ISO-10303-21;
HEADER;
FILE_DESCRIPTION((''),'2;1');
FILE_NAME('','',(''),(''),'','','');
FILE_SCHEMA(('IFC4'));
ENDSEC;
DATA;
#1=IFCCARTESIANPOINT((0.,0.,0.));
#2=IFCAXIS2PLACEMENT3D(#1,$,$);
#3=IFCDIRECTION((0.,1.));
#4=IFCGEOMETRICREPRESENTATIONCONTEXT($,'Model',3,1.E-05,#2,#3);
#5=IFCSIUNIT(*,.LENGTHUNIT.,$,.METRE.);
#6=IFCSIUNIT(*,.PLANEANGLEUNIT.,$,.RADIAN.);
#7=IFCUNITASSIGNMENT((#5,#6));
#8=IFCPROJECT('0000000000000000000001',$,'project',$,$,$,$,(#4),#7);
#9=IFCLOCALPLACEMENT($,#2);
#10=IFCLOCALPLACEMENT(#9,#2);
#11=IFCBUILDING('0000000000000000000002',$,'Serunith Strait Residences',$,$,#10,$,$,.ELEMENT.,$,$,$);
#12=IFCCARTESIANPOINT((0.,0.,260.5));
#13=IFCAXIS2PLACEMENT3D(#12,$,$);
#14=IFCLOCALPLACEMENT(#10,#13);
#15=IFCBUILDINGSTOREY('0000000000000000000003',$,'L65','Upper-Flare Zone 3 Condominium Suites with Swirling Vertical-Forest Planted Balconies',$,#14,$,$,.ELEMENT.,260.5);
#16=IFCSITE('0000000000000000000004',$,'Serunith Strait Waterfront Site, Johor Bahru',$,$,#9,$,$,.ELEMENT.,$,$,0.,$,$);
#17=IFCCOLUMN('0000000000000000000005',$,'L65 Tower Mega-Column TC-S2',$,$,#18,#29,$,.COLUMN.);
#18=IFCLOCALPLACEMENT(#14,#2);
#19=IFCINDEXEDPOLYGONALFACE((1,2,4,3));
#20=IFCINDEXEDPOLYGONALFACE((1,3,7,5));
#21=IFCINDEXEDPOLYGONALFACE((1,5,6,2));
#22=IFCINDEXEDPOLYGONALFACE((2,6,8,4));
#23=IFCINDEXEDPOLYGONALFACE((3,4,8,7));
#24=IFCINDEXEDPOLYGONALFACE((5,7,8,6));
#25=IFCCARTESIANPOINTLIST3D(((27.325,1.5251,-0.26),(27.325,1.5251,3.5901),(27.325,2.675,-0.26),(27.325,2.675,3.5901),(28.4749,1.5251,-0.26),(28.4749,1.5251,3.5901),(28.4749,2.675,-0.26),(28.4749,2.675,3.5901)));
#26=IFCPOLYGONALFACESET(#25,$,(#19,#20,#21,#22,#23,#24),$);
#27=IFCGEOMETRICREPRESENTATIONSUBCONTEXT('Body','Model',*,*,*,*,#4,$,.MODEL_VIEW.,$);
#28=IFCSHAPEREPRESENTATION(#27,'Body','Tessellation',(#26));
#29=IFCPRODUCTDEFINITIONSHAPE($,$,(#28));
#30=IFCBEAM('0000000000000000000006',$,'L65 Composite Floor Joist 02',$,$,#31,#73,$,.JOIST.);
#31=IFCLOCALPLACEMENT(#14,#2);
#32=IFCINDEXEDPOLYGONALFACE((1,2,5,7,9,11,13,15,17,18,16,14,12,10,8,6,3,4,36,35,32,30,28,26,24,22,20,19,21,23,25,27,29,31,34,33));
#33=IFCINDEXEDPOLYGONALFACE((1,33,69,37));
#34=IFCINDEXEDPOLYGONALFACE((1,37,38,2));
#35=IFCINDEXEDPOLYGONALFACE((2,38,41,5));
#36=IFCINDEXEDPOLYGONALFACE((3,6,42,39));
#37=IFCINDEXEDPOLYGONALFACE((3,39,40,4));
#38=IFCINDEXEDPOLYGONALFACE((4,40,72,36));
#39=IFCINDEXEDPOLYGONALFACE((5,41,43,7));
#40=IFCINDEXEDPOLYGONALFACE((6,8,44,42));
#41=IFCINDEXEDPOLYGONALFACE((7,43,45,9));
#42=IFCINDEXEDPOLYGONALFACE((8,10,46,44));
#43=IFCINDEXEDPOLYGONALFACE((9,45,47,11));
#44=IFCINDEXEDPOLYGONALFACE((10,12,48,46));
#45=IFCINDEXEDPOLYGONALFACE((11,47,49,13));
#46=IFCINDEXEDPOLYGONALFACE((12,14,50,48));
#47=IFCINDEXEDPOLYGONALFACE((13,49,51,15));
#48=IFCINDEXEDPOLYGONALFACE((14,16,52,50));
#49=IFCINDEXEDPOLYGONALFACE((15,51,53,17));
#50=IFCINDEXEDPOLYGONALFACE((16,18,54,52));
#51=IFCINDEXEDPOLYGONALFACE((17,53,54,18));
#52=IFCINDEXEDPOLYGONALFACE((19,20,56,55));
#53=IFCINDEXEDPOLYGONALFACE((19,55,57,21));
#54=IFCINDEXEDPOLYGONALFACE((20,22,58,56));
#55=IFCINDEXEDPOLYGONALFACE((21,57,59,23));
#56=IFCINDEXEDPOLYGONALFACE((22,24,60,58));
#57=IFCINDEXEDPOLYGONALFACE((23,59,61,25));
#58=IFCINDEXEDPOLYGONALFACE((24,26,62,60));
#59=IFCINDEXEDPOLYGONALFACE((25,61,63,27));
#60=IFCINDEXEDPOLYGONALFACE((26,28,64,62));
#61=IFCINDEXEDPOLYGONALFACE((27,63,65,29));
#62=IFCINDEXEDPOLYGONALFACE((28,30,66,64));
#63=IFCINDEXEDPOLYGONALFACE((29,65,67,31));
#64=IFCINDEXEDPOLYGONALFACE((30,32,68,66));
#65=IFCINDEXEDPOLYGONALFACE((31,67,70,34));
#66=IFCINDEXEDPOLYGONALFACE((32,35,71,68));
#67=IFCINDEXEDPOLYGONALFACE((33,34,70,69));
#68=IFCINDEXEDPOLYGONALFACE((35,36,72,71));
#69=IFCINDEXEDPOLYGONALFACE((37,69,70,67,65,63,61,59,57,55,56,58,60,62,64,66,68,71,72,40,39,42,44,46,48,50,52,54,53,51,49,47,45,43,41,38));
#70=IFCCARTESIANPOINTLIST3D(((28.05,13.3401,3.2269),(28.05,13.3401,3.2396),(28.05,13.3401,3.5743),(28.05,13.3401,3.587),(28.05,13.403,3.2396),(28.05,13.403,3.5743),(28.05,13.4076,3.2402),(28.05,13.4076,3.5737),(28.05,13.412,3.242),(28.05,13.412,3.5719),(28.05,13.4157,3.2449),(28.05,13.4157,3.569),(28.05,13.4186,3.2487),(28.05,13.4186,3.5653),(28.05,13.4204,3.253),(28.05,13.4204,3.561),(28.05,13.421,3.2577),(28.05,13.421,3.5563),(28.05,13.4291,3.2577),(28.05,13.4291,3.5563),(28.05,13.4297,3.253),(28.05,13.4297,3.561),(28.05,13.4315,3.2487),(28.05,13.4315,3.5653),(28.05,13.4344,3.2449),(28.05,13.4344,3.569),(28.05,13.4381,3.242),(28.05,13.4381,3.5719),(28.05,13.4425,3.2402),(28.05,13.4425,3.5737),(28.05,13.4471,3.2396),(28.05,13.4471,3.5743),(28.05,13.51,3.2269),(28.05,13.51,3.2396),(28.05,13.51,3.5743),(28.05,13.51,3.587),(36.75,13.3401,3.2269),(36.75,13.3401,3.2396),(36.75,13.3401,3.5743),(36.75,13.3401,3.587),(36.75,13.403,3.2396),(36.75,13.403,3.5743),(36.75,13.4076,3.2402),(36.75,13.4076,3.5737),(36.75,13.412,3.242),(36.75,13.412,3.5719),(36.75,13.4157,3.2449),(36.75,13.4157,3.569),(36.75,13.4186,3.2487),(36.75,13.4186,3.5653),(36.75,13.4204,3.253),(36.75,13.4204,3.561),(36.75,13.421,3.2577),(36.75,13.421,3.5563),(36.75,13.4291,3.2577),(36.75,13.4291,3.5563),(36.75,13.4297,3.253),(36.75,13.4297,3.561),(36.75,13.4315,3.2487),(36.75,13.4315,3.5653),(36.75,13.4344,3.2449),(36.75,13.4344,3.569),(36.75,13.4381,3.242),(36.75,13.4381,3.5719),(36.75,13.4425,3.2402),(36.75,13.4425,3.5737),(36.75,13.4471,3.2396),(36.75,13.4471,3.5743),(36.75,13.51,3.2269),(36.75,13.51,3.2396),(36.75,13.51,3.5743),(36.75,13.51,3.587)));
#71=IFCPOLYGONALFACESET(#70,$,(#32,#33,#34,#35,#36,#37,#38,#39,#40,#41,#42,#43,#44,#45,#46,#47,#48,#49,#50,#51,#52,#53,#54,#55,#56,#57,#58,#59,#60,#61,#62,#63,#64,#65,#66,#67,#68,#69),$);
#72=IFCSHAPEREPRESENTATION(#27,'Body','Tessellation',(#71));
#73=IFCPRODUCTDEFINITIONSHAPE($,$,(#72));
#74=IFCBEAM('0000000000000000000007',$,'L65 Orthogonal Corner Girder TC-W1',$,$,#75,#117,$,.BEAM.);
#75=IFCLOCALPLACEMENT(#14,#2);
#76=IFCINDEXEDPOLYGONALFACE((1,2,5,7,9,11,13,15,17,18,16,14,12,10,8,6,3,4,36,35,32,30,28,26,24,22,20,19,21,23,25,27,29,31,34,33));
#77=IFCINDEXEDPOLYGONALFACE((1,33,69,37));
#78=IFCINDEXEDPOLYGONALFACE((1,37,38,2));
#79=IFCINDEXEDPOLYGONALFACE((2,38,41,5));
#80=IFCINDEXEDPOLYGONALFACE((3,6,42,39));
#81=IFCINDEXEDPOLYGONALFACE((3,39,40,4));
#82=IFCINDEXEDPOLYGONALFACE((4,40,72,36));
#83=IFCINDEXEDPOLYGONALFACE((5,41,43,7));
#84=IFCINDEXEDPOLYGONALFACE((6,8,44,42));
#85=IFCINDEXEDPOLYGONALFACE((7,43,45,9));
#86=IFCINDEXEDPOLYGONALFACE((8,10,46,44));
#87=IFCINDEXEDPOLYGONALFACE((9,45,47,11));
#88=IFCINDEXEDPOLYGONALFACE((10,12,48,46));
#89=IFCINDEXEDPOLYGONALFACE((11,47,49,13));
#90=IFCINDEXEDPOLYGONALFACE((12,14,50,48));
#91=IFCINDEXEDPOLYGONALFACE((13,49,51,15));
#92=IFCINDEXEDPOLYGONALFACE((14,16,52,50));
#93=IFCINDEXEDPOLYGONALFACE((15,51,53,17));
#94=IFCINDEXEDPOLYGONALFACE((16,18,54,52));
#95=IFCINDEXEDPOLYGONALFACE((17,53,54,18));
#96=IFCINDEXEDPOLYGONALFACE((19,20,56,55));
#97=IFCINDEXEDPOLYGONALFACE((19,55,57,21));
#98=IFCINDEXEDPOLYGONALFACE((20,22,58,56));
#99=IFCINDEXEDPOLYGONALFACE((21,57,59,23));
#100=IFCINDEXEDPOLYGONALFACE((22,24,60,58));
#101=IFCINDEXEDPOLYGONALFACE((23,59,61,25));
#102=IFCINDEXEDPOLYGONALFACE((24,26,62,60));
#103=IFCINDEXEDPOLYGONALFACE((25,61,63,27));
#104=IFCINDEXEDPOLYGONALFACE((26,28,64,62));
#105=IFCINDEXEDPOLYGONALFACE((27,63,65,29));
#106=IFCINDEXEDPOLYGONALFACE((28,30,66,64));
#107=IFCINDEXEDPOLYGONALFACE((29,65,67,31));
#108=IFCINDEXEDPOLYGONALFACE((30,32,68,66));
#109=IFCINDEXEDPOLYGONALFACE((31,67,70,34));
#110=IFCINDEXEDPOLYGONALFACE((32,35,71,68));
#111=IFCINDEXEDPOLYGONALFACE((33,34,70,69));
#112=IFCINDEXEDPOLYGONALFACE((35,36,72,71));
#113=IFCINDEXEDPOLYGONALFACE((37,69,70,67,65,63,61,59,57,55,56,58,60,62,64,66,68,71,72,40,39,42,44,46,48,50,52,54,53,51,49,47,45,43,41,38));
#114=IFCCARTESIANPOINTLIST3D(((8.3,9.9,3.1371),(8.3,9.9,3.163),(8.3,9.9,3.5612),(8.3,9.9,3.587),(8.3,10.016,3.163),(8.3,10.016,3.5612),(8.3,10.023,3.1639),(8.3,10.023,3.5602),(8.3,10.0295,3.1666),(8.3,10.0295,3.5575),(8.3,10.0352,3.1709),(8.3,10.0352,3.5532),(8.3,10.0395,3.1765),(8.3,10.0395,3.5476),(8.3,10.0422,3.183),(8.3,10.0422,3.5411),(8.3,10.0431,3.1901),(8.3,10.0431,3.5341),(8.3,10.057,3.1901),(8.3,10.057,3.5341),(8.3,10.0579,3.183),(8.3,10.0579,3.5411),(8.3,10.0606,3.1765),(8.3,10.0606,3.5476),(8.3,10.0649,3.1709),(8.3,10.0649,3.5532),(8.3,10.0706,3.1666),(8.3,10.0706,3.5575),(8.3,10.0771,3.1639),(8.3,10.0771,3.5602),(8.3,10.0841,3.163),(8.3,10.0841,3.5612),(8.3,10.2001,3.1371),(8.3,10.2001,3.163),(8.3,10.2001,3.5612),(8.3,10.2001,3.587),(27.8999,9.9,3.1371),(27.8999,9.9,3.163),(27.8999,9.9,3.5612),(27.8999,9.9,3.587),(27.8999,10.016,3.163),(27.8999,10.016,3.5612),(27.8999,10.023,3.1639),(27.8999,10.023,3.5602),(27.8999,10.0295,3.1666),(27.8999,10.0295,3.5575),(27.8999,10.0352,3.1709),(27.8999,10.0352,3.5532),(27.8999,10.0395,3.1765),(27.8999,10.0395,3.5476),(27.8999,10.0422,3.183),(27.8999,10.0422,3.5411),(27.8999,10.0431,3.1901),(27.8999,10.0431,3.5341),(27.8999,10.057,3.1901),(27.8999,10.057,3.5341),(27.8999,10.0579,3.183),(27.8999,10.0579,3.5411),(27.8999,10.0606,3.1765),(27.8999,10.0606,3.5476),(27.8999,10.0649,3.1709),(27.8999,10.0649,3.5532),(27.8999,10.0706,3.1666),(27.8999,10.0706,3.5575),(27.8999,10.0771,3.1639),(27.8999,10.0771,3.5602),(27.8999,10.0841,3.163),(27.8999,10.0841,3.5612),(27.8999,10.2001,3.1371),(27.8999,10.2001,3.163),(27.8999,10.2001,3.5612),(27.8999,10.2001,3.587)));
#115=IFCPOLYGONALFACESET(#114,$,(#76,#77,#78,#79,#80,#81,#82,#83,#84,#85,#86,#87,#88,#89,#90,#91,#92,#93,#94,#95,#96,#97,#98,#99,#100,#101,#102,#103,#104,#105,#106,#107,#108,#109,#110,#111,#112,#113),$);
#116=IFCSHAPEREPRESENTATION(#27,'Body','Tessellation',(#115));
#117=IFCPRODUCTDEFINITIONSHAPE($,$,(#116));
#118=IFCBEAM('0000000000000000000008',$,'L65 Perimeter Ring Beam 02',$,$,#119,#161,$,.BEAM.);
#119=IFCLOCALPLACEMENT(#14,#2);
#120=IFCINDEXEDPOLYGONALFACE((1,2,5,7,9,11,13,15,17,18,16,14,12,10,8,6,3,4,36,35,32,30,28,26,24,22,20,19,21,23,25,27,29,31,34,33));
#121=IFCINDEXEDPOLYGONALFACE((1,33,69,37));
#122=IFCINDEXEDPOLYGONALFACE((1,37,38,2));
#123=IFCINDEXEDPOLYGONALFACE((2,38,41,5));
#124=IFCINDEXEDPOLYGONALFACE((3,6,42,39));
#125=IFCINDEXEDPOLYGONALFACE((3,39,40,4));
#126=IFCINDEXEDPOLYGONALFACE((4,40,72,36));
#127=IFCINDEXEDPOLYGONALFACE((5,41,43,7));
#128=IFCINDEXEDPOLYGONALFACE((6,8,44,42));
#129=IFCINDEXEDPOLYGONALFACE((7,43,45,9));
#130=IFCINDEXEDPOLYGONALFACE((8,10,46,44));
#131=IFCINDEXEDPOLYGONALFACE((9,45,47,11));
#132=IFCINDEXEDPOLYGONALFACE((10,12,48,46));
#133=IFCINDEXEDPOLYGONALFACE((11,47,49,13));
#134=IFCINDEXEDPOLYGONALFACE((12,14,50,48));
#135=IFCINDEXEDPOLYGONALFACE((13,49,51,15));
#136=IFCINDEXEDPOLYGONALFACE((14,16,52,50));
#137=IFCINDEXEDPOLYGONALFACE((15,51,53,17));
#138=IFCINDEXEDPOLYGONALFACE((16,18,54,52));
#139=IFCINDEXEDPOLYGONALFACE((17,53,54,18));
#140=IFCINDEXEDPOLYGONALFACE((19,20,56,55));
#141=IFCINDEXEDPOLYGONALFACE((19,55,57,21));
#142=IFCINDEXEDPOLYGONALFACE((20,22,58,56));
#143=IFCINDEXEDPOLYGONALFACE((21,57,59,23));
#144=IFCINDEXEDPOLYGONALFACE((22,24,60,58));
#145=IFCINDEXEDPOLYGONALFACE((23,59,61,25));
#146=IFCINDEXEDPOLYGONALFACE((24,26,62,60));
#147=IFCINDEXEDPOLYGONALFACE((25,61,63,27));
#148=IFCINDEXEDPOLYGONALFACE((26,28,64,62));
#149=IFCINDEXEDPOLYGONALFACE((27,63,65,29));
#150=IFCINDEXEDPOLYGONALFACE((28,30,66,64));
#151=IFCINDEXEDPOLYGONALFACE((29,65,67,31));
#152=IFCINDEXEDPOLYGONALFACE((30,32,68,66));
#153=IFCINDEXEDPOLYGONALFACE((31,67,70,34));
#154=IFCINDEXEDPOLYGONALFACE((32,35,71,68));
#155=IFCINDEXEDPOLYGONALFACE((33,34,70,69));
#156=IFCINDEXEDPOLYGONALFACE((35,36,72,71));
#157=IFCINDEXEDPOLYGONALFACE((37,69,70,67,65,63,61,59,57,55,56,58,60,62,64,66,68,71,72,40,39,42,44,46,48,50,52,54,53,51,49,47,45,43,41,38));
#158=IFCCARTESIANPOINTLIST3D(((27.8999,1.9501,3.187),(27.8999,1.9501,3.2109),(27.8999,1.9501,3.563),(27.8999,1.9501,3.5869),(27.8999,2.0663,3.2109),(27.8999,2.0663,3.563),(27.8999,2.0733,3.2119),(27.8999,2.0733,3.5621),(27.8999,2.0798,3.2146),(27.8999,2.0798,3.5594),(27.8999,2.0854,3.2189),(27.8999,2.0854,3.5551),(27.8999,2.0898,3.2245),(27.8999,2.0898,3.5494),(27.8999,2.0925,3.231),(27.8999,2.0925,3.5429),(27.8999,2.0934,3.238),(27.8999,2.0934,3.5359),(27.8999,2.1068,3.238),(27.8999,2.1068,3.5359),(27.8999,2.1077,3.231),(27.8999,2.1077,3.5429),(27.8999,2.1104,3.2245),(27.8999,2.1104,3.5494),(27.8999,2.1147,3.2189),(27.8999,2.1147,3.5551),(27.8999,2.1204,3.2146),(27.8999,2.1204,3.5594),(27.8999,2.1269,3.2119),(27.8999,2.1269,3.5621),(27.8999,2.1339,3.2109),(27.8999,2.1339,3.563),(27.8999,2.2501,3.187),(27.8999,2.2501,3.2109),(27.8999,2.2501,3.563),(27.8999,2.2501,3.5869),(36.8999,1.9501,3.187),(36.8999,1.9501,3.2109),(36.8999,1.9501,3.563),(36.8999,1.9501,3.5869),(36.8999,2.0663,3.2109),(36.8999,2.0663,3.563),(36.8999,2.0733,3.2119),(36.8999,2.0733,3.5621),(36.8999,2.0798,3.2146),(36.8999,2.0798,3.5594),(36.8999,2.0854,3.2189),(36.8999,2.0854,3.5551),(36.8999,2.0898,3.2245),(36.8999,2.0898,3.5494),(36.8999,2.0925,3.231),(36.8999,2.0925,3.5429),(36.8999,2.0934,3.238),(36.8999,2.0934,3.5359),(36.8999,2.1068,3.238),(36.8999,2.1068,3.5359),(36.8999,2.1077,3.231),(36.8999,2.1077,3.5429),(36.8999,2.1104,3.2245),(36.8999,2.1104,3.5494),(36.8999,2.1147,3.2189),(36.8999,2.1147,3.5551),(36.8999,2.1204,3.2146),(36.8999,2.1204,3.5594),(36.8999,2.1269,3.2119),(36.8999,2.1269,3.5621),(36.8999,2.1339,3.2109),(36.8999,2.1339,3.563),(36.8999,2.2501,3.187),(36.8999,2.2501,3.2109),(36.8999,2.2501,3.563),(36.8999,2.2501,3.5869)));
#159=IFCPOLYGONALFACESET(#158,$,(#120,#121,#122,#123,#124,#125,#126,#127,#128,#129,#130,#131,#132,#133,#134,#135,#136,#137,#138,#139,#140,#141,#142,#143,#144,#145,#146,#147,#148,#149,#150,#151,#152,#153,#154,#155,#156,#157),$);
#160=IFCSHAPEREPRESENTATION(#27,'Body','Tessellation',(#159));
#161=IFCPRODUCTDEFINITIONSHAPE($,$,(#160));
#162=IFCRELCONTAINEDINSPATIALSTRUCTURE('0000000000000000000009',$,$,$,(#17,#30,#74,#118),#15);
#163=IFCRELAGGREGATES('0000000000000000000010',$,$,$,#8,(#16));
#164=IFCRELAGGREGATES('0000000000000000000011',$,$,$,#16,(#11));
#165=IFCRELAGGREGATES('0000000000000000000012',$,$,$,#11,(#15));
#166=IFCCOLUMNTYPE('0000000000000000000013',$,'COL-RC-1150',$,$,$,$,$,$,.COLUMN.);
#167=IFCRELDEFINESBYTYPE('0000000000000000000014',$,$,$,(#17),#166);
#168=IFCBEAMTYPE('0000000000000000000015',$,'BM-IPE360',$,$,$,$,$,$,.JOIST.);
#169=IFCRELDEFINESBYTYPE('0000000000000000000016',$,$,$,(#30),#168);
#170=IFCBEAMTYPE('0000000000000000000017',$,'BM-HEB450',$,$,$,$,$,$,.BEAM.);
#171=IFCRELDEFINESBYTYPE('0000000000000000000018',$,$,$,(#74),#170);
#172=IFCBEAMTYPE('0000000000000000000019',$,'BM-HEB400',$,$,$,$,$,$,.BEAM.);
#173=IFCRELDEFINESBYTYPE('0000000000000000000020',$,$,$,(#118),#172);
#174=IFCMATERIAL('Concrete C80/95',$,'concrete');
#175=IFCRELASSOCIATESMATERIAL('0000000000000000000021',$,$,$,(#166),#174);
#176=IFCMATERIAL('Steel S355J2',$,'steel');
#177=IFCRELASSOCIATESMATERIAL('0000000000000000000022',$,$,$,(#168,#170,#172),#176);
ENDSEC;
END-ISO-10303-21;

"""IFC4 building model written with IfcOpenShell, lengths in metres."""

from ifc_helpers import new_model, si_unit, direction, frame, origin, origin_2d, place, context, subcontext, project, spatial, rectangle, i_section, extrude, source, transform, mapped, material, material_profile, profile_set, type_object, element, save


model = new_model("IFC4")

# Units and contexts
model_context = context("Model", 3, precision=1e-05, world=origin(), true_north=direction((0.0, 1.0)))
body_context = subcontext(model_context, "Body", "Model", "MODEL_VIEW")
ifc_project = project(units=[si_unit("LENGTHUNIT", "METRE"), si_unit("PLANEANGLEUNIT", "RADIAN")], contexts=[model_context])

# Site, building, storey
site_placement = place(None, origin())
site = spatial("IfcSite", under=ifc_project, at=site_placement, Name="Serunith Strait Waterfront Site, Johor Bahru", CompositionType="ELEMENT", RefElevation=0.0)
building_placement = place(site_placement, origin())
building = spatial("IfcBuilding", under=site, at=building_placement, Name="Serunith Strait Residences", CompositionType="ELEMENT")
storey_placement = place(building_placement, frame((0.0, 0.0, 260.5)))
storey = spatial("IfcBuildingStorey", under=building, at=storey_placement, Name="L65", Description="Upper-Flare Zone 3 Condominium Suites with Swirling Vertical-Forest Planted Balconies", CompositionType="ELEMENT", Elevation=260.5)

# Column
ifc_material_1 = material(Name="Concrete C80/95", Category="concrete")
ifc_material_profile_1 = material_profile(ifc_material_1, rectangle(XDim=1.1499, YDim=1.1499, at=origin_2d()), Name="RC 1150x1150")
ifc_profile_set_1 = profile_set([ifc_material_profile_1], Name="Concrete C80/95")
column_type = type_object("IfcColumnType", Name="COL-RC-1150", PredefinedType="COLUMN", material=ifc_profile_set_1)
shared_shape_1 = source(origin(), body_context, "Body", "SweptSolid", [
    extrude(rectangle(XDim=1.1499, YDim=1.1499, at=origin_2d()), origin(), (0.0, 0.0, 1.0), 3.8501),
])
column_placement = place(storey_placement, frame((27.8999, 2.1001, -0.26), z_axis=(0.0, 0.0, 1.0), x_axis=(1.0, 0.0, 0.0)))
element("IfcColumn", 1, at=column_placement, inside=storey, type_object=column_type, Name="L65 Tower Mega-Column TC-S2", PredefinedType="COLUMN", context=body_context, shape_type="MappedRepresentation", body=[
    mapped(shared_shape_1, transform((0.0, 0.0, 0.0), scale=1.0)),
])

# Beams
ifc_material_2 = material(Name="Steel S355J2", Category="steel")
ifc_material_profile_2 = material_profile(ifc_material_2, i_section(OverallWidth=0.1699, OverallDepth=0.3601, WebThickness=0.0081, FlangeThickness=0.0127, FilletRadius=0.0181, at=origin_2d()), Name="IPE 360")
ifc_profile_set_2 = profile_set([ifc_material_profile_2], Name="Steel S355J2")
beam_type_1 = type_object("IfcBeamType", Name="BM-IPE360", PredefinedType="JOIST", material=ifc_profile_set_2)
shared_shape_2 = source(origin(), body_context, "Body", "SweptSolid", [
    extrude(i_section(OverallWidth=0.1699, OverallDepth=0.3601, WebThickness=0.0081, FlangeThickness=0.0127, FilletRadius=0.0181, at=origin_2d()), origin(), (0.0, 0.0, 1.0), 8.7),
])
beam_1_placement = place(storey_placement, frame((28.05, 13.425, 3.407), z_axis=(1.0, 0.0, 0.0), x_axis=(0.0, 1.0, 0.0)))
element("IfcBeam", 2, at=beam_1_placement, inside=storey, type_object=beam_type_1, Name="L65 Composite Floor Joist 02", PredefinedType="JOIST", context=body_context, shape_type="MappedRepresentation", body=[
    mapped(shared_shape_2, transform((0.0, 0.0, 0.0), scale=1.0)),
])
ifc_material_profile_3 = material_profile(ifc_material_2, i_section(OverallWidth=0.3, OverallDepth=0.45, WebThickness=0.0139, FlangeThickness=0.0259, FilletRadius=0.0271, at=origin_2d()), Name="HEB 450")
ifc_profile_set_3 = profile_set([ifc_material_profile_3], Name="Steel S355J2")
beam_type_2 = type_object("IfcBeamType", Name="BM-HEB450", PredefinedType="BEAM", material=ifc_profile_set_3)
shared_shape_3 = source(origin(), body_context, "Body", "SweptSolid", [
    extrude(i_section(OverallWidth=0.3, OverallDepth=0.45, WebThickness=0.0139, FlangeThickness=0.0259, FilletRadius=0.0271, at=origin_2d()), origin(), (0.0, 0.0, 1.0), 19.5999),
])
beam_2_placement = place(storey_placement, frame((27.8999, 10.05, 3.3621), z_axis=(-1.0, 0.0, 0.0), x_axis=(0.0, -1.0, 0.0)))
element("IfcBeam", 3, at=beam_2_placement, inside=storey, type_object=beam_type_2, Name="L65 Orthogonal Corner Girder TC-W1", PredefinedType="BEAM", context=body_context, shape_type="MappedRepresentation", body=[
    mapped(shared_shape_3, transform((0.0, 0.0, 0.0), scale=1.0)),
])
ifc_material_profile_4 = material_profile(ifc_material_2, i_section(OverallWidth=0.3, OverallDepth=0.3999, WebThickness=0.0134, FlangeThickness=0.0239, FilletRadius=0.0271, at=origin_2d()), Name="HEB 400")
ifc_profile_set_4 = profile_set([ifc_material_profile_4], Name="Steel S355J2")
beam_type_3 = type_object("IfcBeamType", Name="BM-HEB400", PredefinedType="BEAM", material=ifc_profile_set_4)
shared_shape_4 = source(origin(), body_context, "Body", "SweptSolid", [
    extrude(i_section(OverallWidth=0.3, OverallDepth=0.3999, WebThickness=0.0134, FlangeThickness=0.0239, FilletRadius=0.0271, at=origin_2d()), origin(), (0.0, 0.0, 1.0), 9.0),
])
beam_3_placement = place(storey_placement, frame((27.8999, 2.1001, 3.387), z_axis=(1.0, 0.0, 0.0), x_axis=(0.0, 1.0, 0.0)))
element("IfcBeam", 4, at=beam_3_placement, inside=storey, type_object=beam_type_3, Name="L65 Perimeter Ring Beam 02", PredefinedType="BEAM", context=body_context, shape_type="MappedRepresentation", body=[
    mapped(shared_shape_4, transform((0.0, 0.0, 0.0), scale=1.0)),
])

save(model, "model.ifc")
